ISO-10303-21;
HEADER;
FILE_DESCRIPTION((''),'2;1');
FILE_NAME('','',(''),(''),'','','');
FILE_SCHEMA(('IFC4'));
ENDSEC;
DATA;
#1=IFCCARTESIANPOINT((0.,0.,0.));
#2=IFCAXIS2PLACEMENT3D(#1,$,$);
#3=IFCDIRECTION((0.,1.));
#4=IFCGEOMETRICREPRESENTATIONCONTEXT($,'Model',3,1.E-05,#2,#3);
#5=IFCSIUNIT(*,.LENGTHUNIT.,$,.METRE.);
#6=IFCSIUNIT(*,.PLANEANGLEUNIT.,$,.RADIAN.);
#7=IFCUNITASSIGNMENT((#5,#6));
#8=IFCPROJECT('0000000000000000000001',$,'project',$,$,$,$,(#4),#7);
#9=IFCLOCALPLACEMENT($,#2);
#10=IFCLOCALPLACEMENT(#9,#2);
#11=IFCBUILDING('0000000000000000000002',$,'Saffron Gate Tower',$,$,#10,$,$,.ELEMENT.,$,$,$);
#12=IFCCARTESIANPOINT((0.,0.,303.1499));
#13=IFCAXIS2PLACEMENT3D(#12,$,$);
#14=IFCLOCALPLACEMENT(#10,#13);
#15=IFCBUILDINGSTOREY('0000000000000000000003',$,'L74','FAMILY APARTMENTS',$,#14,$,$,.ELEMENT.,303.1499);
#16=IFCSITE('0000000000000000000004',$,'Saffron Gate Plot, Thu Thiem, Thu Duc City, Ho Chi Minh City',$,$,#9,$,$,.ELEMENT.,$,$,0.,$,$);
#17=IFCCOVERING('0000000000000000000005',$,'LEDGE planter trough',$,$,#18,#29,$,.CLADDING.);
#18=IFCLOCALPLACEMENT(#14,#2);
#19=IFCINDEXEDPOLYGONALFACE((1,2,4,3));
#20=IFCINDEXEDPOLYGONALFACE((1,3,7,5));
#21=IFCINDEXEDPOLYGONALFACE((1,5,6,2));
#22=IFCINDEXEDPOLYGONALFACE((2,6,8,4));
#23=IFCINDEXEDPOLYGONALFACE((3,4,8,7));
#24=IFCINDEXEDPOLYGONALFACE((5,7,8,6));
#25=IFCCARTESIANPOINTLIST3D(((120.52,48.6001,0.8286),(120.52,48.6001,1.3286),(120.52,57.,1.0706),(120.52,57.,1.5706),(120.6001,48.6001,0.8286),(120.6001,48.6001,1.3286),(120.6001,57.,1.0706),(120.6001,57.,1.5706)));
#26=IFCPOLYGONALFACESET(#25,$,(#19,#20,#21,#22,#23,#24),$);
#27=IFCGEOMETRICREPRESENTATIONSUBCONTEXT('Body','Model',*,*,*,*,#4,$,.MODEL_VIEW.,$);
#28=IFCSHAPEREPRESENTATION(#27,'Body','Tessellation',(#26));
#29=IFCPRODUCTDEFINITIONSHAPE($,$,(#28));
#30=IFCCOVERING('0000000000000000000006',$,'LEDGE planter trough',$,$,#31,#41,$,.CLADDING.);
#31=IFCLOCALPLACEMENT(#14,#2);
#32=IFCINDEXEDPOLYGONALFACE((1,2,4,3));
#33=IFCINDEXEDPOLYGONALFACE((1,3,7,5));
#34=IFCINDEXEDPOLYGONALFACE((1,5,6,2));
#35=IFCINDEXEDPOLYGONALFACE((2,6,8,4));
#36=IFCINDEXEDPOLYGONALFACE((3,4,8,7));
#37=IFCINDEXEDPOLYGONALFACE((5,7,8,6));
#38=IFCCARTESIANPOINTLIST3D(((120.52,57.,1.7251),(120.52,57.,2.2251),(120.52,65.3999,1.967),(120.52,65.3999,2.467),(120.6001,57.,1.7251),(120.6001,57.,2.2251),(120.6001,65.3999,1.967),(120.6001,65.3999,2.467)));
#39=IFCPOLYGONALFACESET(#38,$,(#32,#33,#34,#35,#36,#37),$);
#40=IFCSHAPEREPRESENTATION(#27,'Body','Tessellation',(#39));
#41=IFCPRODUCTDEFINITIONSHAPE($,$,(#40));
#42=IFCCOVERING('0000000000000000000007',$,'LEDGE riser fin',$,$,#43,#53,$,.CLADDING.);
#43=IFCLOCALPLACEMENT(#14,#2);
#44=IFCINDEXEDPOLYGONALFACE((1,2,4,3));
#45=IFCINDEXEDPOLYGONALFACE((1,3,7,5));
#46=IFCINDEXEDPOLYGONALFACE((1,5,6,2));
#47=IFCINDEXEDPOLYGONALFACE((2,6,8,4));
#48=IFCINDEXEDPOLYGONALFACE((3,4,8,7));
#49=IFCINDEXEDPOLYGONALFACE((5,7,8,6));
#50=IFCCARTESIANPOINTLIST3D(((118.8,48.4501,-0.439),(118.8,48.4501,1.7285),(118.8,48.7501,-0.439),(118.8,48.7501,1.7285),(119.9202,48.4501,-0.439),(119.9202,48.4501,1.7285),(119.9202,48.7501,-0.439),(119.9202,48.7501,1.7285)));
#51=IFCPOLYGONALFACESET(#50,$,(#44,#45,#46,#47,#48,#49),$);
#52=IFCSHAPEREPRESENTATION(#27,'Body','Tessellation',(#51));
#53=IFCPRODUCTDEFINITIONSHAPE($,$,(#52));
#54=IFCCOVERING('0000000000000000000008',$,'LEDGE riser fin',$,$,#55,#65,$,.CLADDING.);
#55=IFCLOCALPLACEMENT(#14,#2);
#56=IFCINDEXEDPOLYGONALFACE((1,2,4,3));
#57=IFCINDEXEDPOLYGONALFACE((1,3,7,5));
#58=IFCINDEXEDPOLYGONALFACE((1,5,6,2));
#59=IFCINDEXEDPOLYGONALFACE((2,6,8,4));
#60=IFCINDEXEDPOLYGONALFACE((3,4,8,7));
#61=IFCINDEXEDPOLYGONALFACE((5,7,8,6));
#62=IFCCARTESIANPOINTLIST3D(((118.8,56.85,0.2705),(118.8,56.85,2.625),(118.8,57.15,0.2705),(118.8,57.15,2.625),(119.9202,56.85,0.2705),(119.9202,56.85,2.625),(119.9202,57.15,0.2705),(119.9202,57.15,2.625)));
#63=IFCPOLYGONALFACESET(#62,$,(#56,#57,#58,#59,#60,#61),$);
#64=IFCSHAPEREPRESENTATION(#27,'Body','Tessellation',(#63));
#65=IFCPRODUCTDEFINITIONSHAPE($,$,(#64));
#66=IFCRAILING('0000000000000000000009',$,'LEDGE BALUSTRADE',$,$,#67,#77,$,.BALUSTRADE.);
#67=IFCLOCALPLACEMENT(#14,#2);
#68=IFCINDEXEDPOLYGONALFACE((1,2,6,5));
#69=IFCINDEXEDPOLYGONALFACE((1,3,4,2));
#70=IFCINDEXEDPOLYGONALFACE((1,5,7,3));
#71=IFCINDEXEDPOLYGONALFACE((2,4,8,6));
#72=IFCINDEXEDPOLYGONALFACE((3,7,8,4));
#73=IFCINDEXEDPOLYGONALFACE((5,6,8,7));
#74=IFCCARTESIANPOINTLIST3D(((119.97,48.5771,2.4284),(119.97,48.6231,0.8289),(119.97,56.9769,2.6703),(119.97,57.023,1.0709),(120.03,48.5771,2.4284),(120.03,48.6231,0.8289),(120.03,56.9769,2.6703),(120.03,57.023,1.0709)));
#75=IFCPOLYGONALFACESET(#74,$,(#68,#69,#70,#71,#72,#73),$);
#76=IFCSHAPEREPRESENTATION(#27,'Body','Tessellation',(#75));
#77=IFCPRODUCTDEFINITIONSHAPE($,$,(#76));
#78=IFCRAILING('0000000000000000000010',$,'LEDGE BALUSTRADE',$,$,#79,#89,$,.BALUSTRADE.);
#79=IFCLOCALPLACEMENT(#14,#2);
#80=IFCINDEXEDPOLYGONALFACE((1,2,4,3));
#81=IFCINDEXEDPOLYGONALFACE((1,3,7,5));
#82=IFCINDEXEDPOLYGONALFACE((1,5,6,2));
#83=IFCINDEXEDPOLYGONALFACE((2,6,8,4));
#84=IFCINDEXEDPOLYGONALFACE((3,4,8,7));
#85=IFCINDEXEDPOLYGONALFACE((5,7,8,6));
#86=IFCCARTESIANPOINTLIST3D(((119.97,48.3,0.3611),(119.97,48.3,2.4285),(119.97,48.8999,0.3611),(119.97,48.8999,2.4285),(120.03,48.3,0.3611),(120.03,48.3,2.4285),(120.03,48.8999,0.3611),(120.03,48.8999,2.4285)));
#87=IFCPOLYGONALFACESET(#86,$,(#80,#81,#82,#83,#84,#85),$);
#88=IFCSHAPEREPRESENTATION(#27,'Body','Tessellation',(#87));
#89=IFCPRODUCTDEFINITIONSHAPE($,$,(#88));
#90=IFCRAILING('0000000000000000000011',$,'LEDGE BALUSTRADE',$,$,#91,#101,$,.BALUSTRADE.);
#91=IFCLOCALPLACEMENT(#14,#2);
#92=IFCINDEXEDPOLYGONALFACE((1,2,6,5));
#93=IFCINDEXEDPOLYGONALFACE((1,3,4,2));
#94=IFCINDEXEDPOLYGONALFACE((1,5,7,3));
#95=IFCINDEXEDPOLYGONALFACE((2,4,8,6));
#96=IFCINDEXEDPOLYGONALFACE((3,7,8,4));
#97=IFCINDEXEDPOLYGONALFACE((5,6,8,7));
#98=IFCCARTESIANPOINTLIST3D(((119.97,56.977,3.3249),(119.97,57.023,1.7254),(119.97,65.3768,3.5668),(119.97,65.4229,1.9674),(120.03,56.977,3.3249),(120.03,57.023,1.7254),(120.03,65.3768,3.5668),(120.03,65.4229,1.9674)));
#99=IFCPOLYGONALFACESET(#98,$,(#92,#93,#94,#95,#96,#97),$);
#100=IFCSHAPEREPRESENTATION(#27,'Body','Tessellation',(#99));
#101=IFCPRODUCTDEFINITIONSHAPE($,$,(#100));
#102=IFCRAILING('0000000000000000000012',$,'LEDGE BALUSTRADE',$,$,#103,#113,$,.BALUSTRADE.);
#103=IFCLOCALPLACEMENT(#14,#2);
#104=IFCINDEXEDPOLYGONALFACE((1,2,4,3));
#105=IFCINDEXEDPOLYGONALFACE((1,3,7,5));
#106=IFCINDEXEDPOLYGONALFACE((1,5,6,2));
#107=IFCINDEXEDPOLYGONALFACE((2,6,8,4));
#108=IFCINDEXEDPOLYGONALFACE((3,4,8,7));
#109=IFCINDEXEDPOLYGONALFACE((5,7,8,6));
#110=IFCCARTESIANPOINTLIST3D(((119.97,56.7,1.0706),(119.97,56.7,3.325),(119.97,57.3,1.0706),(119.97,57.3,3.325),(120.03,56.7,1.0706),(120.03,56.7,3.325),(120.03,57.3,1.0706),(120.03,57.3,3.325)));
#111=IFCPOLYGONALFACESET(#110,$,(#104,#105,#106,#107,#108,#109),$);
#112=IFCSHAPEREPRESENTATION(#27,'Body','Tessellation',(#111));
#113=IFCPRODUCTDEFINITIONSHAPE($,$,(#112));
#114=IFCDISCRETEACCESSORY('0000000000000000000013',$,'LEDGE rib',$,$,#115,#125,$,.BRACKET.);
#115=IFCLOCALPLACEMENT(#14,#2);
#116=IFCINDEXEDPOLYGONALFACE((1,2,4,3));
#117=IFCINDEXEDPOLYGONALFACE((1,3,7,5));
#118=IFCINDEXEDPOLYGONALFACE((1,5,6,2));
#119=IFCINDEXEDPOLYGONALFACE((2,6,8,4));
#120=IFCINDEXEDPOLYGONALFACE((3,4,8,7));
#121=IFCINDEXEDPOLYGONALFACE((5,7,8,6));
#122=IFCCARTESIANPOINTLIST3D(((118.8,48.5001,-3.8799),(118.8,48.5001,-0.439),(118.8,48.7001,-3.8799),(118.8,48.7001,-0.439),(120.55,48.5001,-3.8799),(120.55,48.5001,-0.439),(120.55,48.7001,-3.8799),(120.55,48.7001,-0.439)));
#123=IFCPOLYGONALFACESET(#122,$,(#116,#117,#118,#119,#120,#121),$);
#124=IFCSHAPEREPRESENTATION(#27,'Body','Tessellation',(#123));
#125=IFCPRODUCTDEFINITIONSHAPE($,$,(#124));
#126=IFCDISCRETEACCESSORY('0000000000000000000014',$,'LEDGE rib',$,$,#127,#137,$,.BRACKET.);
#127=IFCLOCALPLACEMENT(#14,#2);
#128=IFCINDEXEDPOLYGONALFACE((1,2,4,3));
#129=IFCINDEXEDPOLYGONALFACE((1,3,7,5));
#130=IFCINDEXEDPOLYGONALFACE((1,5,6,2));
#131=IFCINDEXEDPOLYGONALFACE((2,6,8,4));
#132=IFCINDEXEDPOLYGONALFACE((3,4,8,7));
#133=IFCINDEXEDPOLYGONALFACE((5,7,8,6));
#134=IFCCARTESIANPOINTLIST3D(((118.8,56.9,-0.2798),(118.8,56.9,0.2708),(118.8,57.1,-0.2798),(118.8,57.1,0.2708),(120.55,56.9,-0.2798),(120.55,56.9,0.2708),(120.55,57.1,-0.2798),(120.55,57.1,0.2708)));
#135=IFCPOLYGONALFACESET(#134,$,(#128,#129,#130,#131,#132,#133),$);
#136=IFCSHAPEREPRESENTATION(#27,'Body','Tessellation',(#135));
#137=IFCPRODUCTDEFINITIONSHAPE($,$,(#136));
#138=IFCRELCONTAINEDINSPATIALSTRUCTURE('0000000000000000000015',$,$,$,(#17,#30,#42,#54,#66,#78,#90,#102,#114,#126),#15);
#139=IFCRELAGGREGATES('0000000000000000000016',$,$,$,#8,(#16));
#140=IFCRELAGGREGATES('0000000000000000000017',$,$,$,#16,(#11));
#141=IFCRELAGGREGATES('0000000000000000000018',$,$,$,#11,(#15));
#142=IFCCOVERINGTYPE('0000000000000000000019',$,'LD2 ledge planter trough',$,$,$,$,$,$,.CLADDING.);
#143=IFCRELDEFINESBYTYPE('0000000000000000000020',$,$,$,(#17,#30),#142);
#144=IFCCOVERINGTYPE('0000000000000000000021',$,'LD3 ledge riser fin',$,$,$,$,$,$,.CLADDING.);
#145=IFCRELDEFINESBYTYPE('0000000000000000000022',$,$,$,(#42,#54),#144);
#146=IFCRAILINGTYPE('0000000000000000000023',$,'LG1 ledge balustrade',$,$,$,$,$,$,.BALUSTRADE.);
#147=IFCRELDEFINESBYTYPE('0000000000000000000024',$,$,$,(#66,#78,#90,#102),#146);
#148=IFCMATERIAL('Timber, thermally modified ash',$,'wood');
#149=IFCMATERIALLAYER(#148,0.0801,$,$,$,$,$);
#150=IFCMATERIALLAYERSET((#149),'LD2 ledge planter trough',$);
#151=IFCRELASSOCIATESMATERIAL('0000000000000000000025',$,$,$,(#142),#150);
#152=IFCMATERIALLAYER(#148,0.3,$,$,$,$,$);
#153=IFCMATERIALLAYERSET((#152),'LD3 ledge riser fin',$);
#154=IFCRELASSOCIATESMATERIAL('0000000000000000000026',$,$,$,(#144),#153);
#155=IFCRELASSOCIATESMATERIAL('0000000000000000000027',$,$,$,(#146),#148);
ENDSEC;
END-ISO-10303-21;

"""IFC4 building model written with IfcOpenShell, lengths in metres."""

from ifc_helpers import new_model, si_unit, direction, frame, origin, origin_2d, place, context, subcontext, project, spatial, polyline, rectangle, outline, extrude, material, layer, layer_set, type_object, element, save


model = new_model("IFC4")

# Units and contexts
model_context = context("Model", 3, precision=1e-05, world=origin(), true_north=direction((0.0, 1.0)))
body_context = subcontext(model_context, "Body", "Model", "MODEL_VIEW")
ifc_project = project(units=[si_unit("LENGTHUNIT", "METRE"), si_unit("PLANEANGLEUNIT", "RADIAN")], contexts=[model_context])

# Site, building, storey
site_placement = place(None, origin())
site = spatial("IfcSite", under=ifc_project, at=site_placement, Name="Saffron Gate Plot, Thu Thiem, Thu Duc City, Ho Chi Minh City", CompositionType="ELEMENT", RefElevation=0.0)
building_placement = place(site_placement, origin())
building = spatial("IfcBuilding", under=site, at=building_placement, Name="Saffron Gate Tower", CompositionType="ELEMENT")
storey_placement = place(building_placement, frame((0.0, 0.0, 303.1499)))
storey = spatial("IfcBuildingStorey", under=building, at=storey_placement, Name="L74", Description="FAMILY APARTMENTS", CompositionType="ELEMENT", Elevation=303.1499)

# Coverings
ifc_material_1 = material(Name="Timber, thermally modified ash", Category="wood")
ifc_layer_1 = layer(ifc_material_1, 0.0801)
ifc_layer_set_1 = layer_set([ifc_layer_1], Name="LD2 ledge planter trough")
covering_type_1 = type_object("IfcCoveringType", Name="LD2 ledge planter trough", PredefinedType="CLADDING", material=ifc_layer_set_1)
for number, where, z_axis, x_axis, name in (
    (1, (120.6001, 48.6001, 0.8286), (1.0, 0.0, 0.0), (0.0, 0.999585, 0.028791), "LEDGE planter trough"),
    (2, (120.6001, 57.0, 1.7251), (1.0, 0.0, 0.0), (0.0, 0.999585, 0.028791), "LEDGE planter trough"),
):
    element("IfcCovering", number, at=place(storey_placement, frame(where, z_axis=z_axis, x_axis=x_axis)), inside=storey, type_object=covering_type_1, Name=name, PredefinedType="CLADDING", context=body_context, shape_type="SweptSolid", body=[
        extrude(outline(polyline([(0.0, 0.0), (8.4034, 0.0), (8.4178, 0.4998), (0.0144, 0.4998), (0.0, 0.0)])), origin(), (0.0, 0.0, -1.0), 0.0801),
    ])
ifc_layer_2 = layer(ifc_material_1, 0.3)
ifc_layer_set_2 = layer_set([ifc_layer_2], Name="LD3 ledge riser fin")
covering_type_2 = type_object("IfcCoveringType", Name="LD3 ledge riser fin", PredefinedType="CLADDING", material=ifc_layer_set_2)
covering_1_placement = place(storey_placement, frame((119.3601, 48.6001, -0.439), z_axis=(0.0, 0.0, 1.0), x_axis=(0.0, 1.0, 0.0)))
element("IfcCovering", 3, at=covering_1_placement, inside=storey, type_object=covering_type_2, Name="LEDGE riser fin", PredefinedType="CLADDING", context=body_context, shape_type="SweptSolid", body=[
    extrude(rectangle(XDim=0.3, YDim=1.1201, at=origin_2d()), origin(), (0.0, 0.0, 1.0), 2.1675),
])
covering_2_placement = place(storey_placement, frame((119.3601, 57.0, 0.2705), z_axis=(0.0, 0.0, 1.0), x_axis=(0.0, 1.0, 0.0)))
element("IfcCovering", 4, at=covering_2_placement, inside=storey, type_object=covering_type_2, Name="LEDGE riser fin", PredefinedType="CLADDING", context=body_context, shape_type="SweptSolid", body=[
    extrude(rectangle(XDim=0.3, YDim=1.1201, at=origin_2d()), origin(), (0.0, 0.0, 1.0), 2.3545),
])

# Railings
railing_type = type_object("IfcRailingType", Name="LG1 ledge balustrade", PredefinedType="BALUSTRADE", material=ifc_material_1)
railing_1_placement = place(storey_placement, frame((120.0, 48.6001, 0.8286)))
element("IfcRailing", 5, at=railing_1_placement, inside=storey, type_object=railing_type, Name="LEDGE BALUSTRADE", PredefinedType="BALUSTRADE", context=body_context, shape_type="SweptSolid", body=[
    extrude(rectangle(XDim=0.0601, YDim=1.6001, at=origin_2d()), frame((0.0, 0.0, 0.8), z_axis=(0.0, 0.999585, 0.028791), x_axis=(-1.0, 0.0, 0.0)), (0.0, 0.0, 1.0), 8.4033),
])
railing_2_placement = place(storey_placement, frame((120.0, 48.3, 0.3611)))
element("IfcRailing", 6, at=railing_2_placement, inside=storey, type_object=railing_type, Name="LEDGE BALUSTRADE", PredefinedType="BALUSTRADE", context=body_context, shape_type="SweptSolid", body=[
    extrude(rectangle(XDim=0.0601, YDim=2.0674, at=origin_2d()), frame((0.0, 0.0, 1.0337), z_axis=(0.0, 1.0, 0.0), x_axis=(-1.0, 0.0, 0.0)), (0.0, 0.0, 1.0), 0.5999),
])
railing_3_placement = place(storey_placement, frame((120.0, 57.0, 1.7251)))
element("IfcRailing", 7, at=railing_3_placement, inside=storey, type_object=railing_type, Name="LEDGE BALUSTRADE", PredefinedType="BALUSTRADE", context=body_context, shape_type="SweptSolid", body=[
    extrude(rectangle(XDim=0.0601, YDim=1.6001, at=origin_2d()), frame((0.0, 0.0, 0.8), z_axis=(0.0, 0.999585, 0.028791), x_axis=(-1.0, 0.0, 0.0)), (0.0, 0.0, 1.0), 8.4033),
])
railing_4_placement = place(storey_placement, frame((120.0, 56.7, 1.0706)))
element("IfcRailing", 8, at=railing_4_placement, inside=storey, type_object=railing_type, Name="LEDGE BALUSTRADE", PredefinedType="BALUSTRADE", context=body_context, shape_type="SweptSolid", body=[
    extrude(rectangle(XDim=0.0601, YDim=2.2544, at=origin_2d()), frame((0.0, 0.0, 1.1272), z_axis=(0.0, 1.0, 0.0), x_axis=(-1.0, 0.0, 0.0)), (0.0, 0.0, 1.0), 0.6001),
])

# Discrete accessories
discrete_accessory_1_placement = place(storey_placement, frame((119.675, 48.6001, -3.8799), z_axis=(0.0, 0.0, 1.0), x_axis=(0.0, 1.0, 0.0)))
element("IfcDiscreteAccessory", 9, at=discrete_accessory_1_placement, inside=storey, Name="LEDGE rib", PredefinedType="BRACKET", context=body_context, shape_type="SweptSolid", body=[
    extrude(rectangle(XDim=0.2, YDim=1.75, at=origin_2d()), origin(), (0.0, 0.0, 1.0), 3.4409),
])
discrete_accessory_2_placement = place(storey_placement, frame((119.675, 57.0, -0.2798), z_axis=(0.0, 0.0, 1.0), x_axis=(0.0, 1.0, 0.0)))
element("IfcDiscreteAccessory", 10, at=discrete_accessory_2_placement, inside=storey, Name="LEDGE rib", PredefinedType="BRACKET", context=body_context, shape_type="SweptSolid", body=[
    extrude(rectangle(XDim=0.2, YDim=1.75, at=origin_2d()), origin(), (0.0, 0.0, 1.0), 0.5505),
])

save(model, "model.ifc")
